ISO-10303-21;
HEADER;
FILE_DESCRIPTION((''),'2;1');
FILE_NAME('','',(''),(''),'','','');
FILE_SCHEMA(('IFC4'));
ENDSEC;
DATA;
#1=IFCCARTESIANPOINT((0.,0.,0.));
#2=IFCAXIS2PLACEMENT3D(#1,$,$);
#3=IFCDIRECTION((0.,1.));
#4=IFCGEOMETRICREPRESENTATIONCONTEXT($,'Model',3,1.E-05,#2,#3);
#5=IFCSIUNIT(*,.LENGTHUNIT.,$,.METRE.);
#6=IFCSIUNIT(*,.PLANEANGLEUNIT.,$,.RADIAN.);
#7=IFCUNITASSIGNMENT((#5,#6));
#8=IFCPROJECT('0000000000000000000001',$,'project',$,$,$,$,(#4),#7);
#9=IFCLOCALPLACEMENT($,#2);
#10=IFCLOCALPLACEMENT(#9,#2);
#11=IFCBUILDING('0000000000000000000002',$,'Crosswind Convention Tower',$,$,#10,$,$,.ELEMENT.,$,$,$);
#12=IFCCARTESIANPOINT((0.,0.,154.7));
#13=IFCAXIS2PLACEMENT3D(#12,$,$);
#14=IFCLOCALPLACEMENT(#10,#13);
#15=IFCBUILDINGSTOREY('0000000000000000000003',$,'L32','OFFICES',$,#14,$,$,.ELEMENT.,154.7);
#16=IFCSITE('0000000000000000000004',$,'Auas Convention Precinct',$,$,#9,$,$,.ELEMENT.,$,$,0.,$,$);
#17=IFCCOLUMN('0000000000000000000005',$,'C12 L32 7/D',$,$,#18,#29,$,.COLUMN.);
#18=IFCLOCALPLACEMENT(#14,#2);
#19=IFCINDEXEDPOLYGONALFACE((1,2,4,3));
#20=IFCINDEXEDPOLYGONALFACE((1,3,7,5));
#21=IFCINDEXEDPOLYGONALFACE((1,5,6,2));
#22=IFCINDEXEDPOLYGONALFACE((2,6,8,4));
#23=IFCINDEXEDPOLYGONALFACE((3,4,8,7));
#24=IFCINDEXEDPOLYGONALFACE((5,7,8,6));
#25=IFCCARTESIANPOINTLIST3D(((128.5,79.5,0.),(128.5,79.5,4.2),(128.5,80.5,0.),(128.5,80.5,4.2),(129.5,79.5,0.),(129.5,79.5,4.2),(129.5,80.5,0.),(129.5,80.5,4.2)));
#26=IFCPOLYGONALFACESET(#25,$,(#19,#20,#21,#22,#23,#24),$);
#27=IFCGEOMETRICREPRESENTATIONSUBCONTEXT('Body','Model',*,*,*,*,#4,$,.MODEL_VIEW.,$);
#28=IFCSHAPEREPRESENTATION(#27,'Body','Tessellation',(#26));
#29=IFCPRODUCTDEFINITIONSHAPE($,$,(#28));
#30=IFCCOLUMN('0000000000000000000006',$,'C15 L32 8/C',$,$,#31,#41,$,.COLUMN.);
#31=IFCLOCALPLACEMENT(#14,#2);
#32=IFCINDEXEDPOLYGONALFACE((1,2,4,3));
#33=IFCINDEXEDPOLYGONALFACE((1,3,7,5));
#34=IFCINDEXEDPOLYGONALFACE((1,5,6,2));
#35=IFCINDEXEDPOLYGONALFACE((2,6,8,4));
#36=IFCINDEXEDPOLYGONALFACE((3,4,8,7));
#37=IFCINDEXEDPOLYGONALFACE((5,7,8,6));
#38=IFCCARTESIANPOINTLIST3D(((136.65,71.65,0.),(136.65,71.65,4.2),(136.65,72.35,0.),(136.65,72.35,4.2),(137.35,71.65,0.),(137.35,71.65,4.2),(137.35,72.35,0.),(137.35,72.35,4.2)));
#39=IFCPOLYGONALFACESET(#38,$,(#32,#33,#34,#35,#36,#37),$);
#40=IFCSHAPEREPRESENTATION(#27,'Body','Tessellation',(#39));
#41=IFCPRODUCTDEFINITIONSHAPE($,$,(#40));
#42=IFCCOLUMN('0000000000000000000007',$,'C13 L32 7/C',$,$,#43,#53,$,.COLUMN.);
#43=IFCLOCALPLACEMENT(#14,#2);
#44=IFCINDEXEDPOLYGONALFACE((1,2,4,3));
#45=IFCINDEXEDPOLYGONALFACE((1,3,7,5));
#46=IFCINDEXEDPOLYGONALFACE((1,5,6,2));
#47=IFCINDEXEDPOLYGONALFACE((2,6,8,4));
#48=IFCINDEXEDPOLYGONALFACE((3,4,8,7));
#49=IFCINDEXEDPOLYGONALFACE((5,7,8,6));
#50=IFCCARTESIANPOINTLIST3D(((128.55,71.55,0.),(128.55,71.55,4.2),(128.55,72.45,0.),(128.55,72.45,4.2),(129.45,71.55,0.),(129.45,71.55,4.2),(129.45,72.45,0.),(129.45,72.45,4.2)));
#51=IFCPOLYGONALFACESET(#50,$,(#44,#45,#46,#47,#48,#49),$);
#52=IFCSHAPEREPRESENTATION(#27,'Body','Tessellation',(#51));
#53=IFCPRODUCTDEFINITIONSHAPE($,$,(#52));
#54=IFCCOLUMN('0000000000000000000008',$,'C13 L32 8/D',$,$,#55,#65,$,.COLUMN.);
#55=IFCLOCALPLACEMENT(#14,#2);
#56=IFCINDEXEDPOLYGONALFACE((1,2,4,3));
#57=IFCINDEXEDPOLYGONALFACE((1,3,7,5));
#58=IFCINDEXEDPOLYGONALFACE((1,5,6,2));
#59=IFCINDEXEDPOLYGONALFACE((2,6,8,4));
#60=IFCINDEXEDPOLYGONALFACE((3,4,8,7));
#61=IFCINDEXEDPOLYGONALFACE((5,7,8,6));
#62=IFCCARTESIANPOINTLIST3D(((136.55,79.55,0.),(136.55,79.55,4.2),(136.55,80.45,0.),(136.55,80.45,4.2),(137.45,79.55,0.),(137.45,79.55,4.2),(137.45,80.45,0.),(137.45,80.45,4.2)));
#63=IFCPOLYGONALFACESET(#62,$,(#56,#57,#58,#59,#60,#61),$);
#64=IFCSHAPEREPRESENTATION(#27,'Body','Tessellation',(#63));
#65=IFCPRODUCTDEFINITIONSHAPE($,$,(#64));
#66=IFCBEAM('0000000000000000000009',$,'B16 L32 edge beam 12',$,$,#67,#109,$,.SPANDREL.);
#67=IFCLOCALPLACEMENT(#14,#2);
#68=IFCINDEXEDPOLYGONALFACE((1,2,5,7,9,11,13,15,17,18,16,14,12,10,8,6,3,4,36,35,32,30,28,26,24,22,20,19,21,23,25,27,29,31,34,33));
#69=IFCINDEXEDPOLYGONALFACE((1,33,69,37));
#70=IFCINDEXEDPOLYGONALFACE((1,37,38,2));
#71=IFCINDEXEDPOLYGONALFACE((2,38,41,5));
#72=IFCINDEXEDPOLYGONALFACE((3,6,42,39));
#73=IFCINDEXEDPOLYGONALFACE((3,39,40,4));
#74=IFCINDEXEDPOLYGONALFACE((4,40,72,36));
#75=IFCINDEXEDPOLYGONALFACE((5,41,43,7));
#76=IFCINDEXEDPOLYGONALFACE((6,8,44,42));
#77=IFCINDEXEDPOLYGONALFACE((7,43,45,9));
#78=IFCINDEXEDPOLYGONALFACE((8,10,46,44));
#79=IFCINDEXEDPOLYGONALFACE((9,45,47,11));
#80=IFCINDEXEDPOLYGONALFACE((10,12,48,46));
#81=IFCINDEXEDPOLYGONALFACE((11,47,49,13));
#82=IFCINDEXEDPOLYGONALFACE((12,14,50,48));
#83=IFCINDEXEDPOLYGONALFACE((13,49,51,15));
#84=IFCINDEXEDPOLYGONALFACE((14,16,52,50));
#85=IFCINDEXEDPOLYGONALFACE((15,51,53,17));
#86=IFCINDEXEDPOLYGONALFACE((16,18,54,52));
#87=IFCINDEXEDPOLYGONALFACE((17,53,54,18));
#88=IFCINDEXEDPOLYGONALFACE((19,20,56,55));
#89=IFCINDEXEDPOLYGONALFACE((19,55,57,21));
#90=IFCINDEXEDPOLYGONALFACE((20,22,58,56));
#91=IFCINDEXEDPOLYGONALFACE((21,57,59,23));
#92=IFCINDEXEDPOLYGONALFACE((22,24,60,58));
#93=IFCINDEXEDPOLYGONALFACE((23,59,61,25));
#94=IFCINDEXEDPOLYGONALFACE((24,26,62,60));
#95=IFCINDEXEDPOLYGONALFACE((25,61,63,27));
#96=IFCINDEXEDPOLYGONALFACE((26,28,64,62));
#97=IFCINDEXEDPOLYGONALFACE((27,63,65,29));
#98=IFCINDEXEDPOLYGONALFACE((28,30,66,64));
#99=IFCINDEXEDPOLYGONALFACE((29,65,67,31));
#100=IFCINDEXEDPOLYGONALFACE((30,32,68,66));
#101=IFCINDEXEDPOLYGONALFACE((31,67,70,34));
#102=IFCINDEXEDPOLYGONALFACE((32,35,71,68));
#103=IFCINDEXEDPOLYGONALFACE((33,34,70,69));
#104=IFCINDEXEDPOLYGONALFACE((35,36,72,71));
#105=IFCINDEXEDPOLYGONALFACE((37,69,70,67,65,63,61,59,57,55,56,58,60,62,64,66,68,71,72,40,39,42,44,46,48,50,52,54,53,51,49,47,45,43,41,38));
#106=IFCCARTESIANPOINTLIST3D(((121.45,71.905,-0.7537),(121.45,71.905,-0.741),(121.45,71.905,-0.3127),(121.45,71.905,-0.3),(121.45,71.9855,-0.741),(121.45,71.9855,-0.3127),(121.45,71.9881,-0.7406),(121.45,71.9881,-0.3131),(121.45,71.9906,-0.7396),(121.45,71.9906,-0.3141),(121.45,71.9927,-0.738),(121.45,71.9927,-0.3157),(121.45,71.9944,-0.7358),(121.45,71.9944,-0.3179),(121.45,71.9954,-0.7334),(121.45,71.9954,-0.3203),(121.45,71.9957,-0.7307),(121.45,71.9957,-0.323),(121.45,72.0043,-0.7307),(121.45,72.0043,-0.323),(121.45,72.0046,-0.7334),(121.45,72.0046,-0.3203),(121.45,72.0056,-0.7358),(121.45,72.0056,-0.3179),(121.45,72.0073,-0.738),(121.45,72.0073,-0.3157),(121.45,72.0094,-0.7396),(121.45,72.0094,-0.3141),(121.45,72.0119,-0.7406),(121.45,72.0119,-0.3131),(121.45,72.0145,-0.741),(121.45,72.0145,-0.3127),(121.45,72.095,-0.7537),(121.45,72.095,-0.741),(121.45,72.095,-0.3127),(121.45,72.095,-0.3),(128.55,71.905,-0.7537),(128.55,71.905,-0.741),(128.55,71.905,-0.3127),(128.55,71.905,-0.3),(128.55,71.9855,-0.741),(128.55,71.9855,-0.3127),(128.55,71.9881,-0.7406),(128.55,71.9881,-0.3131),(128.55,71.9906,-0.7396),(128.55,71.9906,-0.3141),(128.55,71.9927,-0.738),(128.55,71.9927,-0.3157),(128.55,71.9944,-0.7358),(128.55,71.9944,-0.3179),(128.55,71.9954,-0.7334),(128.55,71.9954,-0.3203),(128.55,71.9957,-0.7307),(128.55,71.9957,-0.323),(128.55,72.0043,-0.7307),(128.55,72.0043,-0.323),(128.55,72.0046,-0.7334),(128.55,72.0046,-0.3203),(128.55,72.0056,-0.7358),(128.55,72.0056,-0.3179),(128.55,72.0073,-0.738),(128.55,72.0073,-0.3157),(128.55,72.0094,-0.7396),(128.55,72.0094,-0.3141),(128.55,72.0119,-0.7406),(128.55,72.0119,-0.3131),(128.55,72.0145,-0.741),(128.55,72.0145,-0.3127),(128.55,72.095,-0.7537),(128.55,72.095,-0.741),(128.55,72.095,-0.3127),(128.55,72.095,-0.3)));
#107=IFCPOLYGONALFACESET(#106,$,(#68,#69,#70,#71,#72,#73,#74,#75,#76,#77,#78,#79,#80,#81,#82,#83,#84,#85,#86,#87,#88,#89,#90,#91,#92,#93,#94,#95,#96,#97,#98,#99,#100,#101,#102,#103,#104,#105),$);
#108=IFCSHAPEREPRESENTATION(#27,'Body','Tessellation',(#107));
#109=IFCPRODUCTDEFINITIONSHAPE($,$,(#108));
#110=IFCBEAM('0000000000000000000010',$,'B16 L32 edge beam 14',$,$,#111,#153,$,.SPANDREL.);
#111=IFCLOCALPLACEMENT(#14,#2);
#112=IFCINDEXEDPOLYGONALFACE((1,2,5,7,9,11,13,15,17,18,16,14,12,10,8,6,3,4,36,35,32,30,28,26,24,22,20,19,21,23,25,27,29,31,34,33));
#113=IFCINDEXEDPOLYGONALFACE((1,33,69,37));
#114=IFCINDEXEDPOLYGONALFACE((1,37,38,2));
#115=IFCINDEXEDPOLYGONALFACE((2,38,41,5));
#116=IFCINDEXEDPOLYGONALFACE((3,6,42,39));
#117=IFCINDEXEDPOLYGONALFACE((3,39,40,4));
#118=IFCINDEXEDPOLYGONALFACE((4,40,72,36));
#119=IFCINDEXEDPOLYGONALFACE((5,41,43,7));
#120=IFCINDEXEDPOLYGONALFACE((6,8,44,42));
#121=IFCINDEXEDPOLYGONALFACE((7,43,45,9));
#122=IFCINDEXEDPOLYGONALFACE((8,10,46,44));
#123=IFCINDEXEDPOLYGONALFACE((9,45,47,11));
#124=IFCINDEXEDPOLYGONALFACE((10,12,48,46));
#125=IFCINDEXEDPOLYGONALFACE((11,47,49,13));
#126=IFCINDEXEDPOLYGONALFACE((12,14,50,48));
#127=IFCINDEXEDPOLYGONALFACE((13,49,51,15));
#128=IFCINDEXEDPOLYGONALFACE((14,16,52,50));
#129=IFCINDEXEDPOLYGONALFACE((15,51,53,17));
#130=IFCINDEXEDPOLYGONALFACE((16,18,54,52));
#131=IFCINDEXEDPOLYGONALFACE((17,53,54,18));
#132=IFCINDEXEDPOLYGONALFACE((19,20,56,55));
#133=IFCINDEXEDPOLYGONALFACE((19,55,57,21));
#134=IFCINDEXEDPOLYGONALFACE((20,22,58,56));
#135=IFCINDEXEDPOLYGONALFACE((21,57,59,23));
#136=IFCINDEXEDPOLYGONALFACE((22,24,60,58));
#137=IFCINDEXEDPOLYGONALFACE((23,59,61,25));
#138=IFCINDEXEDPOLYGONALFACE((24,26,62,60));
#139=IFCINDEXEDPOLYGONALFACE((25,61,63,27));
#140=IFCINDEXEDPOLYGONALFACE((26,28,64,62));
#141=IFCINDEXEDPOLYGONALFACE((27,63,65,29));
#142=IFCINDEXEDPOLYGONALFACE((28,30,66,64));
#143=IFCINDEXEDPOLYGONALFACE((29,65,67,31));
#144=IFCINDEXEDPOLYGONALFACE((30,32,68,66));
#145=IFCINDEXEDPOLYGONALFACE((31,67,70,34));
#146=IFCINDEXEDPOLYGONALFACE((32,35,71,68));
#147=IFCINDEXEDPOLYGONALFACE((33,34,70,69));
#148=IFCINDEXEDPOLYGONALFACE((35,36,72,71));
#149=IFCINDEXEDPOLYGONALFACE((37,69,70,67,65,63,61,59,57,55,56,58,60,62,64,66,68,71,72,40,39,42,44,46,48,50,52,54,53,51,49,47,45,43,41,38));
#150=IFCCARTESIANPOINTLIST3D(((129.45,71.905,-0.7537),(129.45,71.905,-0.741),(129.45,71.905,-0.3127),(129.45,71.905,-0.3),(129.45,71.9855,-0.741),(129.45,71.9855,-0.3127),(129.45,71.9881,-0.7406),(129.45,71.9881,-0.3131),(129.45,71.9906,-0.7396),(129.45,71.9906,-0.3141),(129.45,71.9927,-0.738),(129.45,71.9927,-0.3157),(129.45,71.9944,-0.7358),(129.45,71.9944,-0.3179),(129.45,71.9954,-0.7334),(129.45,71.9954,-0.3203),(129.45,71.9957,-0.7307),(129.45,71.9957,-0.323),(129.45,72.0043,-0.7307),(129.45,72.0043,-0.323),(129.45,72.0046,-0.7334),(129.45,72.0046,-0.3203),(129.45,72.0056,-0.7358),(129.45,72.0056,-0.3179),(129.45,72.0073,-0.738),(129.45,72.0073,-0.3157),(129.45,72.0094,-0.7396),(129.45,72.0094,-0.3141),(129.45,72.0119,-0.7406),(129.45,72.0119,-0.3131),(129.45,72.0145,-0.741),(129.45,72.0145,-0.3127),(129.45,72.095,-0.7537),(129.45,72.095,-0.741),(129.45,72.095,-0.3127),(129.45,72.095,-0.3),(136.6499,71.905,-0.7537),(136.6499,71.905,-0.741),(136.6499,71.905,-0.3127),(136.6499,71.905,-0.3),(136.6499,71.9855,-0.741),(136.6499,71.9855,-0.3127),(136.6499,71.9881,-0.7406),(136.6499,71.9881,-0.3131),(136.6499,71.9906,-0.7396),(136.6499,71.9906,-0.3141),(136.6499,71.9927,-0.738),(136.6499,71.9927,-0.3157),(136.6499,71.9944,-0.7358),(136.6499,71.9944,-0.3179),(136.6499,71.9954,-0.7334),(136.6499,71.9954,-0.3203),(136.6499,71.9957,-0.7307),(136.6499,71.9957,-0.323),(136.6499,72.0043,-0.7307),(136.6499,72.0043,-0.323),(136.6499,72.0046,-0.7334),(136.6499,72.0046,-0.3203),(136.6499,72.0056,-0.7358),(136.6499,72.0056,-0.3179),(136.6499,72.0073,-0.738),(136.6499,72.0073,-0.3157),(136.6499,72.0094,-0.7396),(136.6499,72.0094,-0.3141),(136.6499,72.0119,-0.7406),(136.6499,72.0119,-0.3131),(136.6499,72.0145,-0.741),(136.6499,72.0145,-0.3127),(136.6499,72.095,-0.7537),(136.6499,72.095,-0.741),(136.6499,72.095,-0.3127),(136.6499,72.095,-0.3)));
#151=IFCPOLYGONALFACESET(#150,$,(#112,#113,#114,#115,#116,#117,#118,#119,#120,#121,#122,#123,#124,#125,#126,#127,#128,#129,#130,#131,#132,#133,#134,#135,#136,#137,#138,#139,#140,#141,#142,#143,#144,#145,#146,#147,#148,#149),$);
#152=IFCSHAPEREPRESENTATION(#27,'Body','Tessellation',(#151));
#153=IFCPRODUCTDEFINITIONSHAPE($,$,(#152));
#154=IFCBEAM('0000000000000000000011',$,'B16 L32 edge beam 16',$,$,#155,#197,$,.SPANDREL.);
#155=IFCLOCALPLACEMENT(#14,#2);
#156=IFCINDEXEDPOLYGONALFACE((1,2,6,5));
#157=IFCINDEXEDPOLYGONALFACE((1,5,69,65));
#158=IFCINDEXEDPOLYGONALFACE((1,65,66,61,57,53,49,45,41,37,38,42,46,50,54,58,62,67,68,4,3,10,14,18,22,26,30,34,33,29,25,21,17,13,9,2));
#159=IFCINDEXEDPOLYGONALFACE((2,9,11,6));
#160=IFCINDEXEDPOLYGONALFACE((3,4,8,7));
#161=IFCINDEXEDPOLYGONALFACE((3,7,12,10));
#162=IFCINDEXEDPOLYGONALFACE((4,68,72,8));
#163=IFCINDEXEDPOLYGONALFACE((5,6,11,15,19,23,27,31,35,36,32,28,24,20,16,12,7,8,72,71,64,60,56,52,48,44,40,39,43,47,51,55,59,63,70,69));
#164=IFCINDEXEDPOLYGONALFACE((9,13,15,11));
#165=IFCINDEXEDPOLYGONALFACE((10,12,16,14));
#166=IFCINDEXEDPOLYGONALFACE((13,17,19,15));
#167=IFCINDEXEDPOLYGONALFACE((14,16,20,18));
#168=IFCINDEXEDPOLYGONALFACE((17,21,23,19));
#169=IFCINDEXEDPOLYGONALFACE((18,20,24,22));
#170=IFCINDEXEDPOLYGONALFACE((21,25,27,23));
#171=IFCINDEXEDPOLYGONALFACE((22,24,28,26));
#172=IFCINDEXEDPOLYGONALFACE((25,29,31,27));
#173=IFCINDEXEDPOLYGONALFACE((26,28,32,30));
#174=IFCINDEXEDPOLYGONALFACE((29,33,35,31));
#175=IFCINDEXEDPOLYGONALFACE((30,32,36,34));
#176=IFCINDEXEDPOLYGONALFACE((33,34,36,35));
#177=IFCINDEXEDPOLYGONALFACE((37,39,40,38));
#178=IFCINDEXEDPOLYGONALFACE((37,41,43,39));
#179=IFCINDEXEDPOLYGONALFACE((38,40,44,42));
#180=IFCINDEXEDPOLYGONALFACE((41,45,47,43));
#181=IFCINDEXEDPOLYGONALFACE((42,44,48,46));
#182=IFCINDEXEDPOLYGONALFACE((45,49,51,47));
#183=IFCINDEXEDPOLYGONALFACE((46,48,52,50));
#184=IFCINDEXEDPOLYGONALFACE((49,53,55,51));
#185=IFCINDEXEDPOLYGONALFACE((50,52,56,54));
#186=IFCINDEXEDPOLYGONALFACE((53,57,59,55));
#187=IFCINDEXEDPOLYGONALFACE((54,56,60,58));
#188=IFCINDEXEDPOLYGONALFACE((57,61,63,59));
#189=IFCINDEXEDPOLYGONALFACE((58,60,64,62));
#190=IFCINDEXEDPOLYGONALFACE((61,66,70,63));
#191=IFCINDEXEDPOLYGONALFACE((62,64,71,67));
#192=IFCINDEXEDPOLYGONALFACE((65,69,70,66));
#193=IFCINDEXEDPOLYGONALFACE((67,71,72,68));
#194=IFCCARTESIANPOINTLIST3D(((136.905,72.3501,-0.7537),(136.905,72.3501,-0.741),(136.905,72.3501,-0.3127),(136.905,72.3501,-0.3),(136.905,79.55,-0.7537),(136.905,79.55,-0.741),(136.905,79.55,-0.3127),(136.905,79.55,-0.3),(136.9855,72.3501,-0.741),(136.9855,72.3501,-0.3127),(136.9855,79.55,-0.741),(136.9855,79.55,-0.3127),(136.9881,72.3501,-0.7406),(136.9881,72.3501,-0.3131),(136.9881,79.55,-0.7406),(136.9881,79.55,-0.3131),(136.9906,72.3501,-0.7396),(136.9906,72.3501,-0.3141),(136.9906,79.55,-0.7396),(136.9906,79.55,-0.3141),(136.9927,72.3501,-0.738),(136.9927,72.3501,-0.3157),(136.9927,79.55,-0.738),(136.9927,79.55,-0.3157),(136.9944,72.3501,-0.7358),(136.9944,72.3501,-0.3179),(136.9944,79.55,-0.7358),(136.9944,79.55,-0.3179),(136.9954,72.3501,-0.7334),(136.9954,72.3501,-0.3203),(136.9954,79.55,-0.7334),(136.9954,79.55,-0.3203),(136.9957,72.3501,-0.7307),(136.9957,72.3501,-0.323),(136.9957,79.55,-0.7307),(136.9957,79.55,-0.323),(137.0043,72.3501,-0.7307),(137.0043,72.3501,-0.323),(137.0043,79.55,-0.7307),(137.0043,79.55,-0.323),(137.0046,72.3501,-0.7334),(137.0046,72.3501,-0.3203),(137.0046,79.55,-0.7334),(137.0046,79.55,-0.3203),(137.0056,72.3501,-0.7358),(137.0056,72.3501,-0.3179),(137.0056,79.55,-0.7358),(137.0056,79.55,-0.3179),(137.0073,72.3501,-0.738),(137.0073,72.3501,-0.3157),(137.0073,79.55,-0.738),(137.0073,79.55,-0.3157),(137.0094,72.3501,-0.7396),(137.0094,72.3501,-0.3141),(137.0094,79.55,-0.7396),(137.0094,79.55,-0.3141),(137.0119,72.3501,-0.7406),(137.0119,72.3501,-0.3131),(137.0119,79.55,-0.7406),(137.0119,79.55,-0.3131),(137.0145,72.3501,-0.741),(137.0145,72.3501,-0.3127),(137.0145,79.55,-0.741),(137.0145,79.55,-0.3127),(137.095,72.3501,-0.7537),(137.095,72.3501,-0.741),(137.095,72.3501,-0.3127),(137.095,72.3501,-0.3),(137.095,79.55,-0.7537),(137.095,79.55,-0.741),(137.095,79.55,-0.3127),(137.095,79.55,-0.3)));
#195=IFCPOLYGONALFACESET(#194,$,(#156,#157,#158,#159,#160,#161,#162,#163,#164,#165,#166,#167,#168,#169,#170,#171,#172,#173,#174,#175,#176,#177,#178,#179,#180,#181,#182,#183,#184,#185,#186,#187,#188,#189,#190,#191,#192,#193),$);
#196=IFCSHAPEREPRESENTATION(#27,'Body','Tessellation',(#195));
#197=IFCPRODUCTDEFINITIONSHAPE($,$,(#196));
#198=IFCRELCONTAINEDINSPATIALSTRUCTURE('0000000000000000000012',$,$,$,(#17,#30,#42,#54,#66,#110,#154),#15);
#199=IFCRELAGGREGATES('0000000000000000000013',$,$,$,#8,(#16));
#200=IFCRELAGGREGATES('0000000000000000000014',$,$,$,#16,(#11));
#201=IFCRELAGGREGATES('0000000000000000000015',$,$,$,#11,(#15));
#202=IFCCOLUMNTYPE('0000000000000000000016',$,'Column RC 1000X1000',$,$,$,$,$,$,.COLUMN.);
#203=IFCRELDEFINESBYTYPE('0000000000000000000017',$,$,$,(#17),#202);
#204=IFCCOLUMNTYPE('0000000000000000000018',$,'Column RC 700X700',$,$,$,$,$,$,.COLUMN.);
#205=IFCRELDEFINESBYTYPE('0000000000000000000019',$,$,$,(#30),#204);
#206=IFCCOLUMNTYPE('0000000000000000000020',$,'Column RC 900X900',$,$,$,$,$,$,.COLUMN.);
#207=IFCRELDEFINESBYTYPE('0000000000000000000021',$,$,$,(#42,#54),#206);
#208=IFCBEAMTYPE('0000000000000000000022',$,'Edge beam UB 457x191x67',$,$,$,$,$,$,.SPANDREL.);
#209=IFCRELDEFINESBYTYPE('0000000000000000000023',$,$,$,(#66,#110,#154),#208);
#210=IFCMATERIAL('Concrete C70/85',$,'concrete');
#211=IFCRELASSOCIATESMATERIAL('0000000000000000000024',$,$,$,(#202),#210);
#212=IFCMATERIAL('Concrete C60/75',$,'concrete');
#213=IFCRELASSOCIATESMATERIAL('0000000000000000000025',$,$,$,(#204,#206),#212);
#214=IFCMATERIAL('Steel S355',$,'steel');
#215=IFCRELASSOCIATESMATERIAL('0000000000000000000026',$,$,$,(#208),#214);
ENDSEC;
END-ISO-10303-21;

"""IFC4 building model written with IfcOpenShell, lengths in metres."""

from ifc_helpers import new_model, si_unit, direction, frame, origin, origin_2d, place, context, subcontext, project, spatial, rectangle, i_section, extrude, material, material_profile, profile_set, type_object, element, save


model = new_model("IFC4")

# Units and contexts
model_context = context("Model", 3, precision=1e-05, world=origin(), true_north=direction((0.0, 1.0)))
body_context = subcontext(model_context, "Body", "Model", "MODEL_VIEW")
ifc_project = project(units=[si_unit("LENGTHUNIT", "METRE"), si_unit("PLANEANGLEUNIT", "RADIAN")], contexts=[model_context])

# Site, building, storey
site_placement = place(None, origin())
site = spatial("IfcSite", under=ifc_project, at=site_placement, Name="Auas Convention Precinct", CompositionType="ELEMENT", RefElevation=0.0)
building_placement = place(site_placement, origin())
building = spatial("IfcBuilding", under=site, at=building_placement, Name="Crosswind Convention Tower", CompositionType="ELEMENT")
storey_placement = place(building_placement, frame((0.0, 0.0, 154.7)))
storey = spatial("IfcBuildingStorey", under=building, at=storey_placement, Name="L32", Description="OFFICES", CompositionType="ELEMENT", Elevation=154.7)

# Columns
ifc_material_1 = material(Name="Concrete C70/85", Category="concrete")
ifc_material_profile_1 = material_profile(ifc_material_1, rectangle(XDim=1.0, YDim=1.0, at=origin_2d()), Name="RC 1000X1000")
ifc_profile_set_1 = profile_set([ifc_material_profile_1], Name="Concrete C70/85")
column_type_1 = type_object("IfcColumnType", Name="Column RC 1000X1000", PredefinedType="COLUMN", material=ifc_profile_set_1)
column_1_placement = place(storey_placement, frame((129.0, 80.0, 0.0), z_axis=(0.0, 0.0, 1.0), x_axis=(1.0, 0.0, 0.0)))
element("IfcColumn", 1, at=column_1_placement, inside=storey, type_object=column_type_1, Name="C12 L32 7/D", PredefinedType="COLUMN", context=body_context, shape_type="SweptSolid", body=[
    extrude(rectangle(XDim=1.0, YDim=1.0, at=origin_2d()), origin(), (0.0, 0.0, 1.0), 4.2),
])
ifc_material_2 = material(Name="Concrete C60/75", Category="concrete")
ifc_material_profile_2 = material_profile(ifc_material_2, rectangle(XDim=0.7, YDim=0.7, at=origin_2d()), Name="RC 700X700")
ifc_profile_set_2 = profile_set([ifc_material_profile_2], Name="Concrete C60/75")
column_type_2 = type_object("IfcColumnType", Name="Column RC 700X700", PredefinedType="COLUMN", material=ifc_profile_set_2)
column_2_placement = place(storey_placement, frame((137.0, 72.0, 0.0), z_axis=(0.0, 0.0, 1.0), x_axis=(1.0, 0.0, 0.0)))
element("IfcColumn", 2, at=column_2_placement, inside=storey, type_object=column_type_2, Name="C15 L32 8/C", PredefinedType="COLUMN", context=body_context, shape_type="SweptSolid", body=[
    extrude(rectangle(XDim=0.7, YDim=0.7, at=origin_2d()), origin(), (0.0, 0.0, 1.0), 4.2),
])
ifc_material_profile_3 = material_profile(ifc_material_2, rectangle(XDim=0.8999, YDim=0.8999, at=origin_2d()), Name="RC 900X900")
ifc_profile_set_3 = profile_set([ifc_material_profile_3], Name="Concrete C60/75")
column_type_3 = type_object("IfcColumnType", Name="Column RC 900X900", PredefinedType="COLUMN", material=ifc_profile_set_3)
for number, where, z_axis, x_axis, name in (
    (3, (129.0, 72.0, 0.0), (0.0, 0.0, 1.0), (1.0, 0.0, 0.0), "C13 L32 7/C"),
    (4, (137.0, 80.0, 0.0), (0.0, 0.0, 1.0), (1.0, 0.0, 0.0), "C13 L32 8/D"),
):
    element("IfcColumn", number, at=place(storey_placement, frame(where, z_axis=z_axis, x_axis=x_axis)), inside=storey, type_object=column_type_3, Name=name, PredefinedType="COLUMN", context=body_context, shape_type="SweptSolid", body=[
        extrude(rectangle(XDim=0.8999, YDim=0.8999, at=origin_2d()), origin(), (0.0, 0.0, 1.0), 4.2),
    ])

# Beams
ifc_material_3 = material(Name="Steel S355", Category="steel")
ifc_material_profile_4 = material_profile(ifc_material_3, i_section(OverallWidth=0.1899, OverallDepth=0.4536, WebThickness=0.0085, FlangeThickness=0.0127, FilletRadius=0.0103, at=origin_2d()), Name="UB 457x191x67")
ifc_profile_set_4 = profile_set([ifc_material_profile_4], Name="Steel S355")
beam_type_1 = type_object("IfcBeamType", Name="Edge beam UB 457x191x67", PredefinedType="SPANDREL", material=ifc_profile_set_4)
beam_1_placement = place(storey_placement, frame((121.45, 72.0, -0.5269), z_axis=(1.0, 0.0, 0.0), x_axis=(0.0, 1.0, 0.0)))
element("IfcBeam", 5, at=beam_1_placement, inside=storey, type_object=beam_type_1, Name="B16 L32 edge beam 12", PredefinedType="SPANDREL", context=body_context, shape_type="SweptSolid", body=[
    extrude(i_section(OverallWidth=0.1899, OverallDepth=0.4536, WebThickness=0.0085, FlangeThickness=0.0127, FilletRadius=0.0103, at=origin_2d()), origin(), (0.0, 0.0, 1.0), 7.1001),
])
for number, where, z_axis, x_axis, name in (
    (6, (129.45, 72.0, -0.5269), (1.0, 0.0, 0.0), (0.0, 1.0, 0.0), "B16 L32 edge beam 14"),
    (7, (137.0, 72.3501, -0.5269), (0.0, 1.0, 0.0), (-1.0, 0.0, 0.0), "B16 L32 edge beam 16"),
):
    element("IfcBeam", number, at=place(storey_placement, frame(where, z_axis=z_axis, x_axis=x_axis)), inside=storey, type_object=beam_type_1, Name=name, PredefinedType="SPANDREL", context=body_context, shape_type="SweptSolid", body=[
        extrude(i_section(OverallWidth=0.1899, OverallDepth=0.4536, WebThickness=0.0085, FlangeThickness=0.0127, FilletRadius=0.0103, at=origin_2d()), origin(), (0.0, 0.0, 1.0), 7.2),
    ])

save(model, "model.ifc")
